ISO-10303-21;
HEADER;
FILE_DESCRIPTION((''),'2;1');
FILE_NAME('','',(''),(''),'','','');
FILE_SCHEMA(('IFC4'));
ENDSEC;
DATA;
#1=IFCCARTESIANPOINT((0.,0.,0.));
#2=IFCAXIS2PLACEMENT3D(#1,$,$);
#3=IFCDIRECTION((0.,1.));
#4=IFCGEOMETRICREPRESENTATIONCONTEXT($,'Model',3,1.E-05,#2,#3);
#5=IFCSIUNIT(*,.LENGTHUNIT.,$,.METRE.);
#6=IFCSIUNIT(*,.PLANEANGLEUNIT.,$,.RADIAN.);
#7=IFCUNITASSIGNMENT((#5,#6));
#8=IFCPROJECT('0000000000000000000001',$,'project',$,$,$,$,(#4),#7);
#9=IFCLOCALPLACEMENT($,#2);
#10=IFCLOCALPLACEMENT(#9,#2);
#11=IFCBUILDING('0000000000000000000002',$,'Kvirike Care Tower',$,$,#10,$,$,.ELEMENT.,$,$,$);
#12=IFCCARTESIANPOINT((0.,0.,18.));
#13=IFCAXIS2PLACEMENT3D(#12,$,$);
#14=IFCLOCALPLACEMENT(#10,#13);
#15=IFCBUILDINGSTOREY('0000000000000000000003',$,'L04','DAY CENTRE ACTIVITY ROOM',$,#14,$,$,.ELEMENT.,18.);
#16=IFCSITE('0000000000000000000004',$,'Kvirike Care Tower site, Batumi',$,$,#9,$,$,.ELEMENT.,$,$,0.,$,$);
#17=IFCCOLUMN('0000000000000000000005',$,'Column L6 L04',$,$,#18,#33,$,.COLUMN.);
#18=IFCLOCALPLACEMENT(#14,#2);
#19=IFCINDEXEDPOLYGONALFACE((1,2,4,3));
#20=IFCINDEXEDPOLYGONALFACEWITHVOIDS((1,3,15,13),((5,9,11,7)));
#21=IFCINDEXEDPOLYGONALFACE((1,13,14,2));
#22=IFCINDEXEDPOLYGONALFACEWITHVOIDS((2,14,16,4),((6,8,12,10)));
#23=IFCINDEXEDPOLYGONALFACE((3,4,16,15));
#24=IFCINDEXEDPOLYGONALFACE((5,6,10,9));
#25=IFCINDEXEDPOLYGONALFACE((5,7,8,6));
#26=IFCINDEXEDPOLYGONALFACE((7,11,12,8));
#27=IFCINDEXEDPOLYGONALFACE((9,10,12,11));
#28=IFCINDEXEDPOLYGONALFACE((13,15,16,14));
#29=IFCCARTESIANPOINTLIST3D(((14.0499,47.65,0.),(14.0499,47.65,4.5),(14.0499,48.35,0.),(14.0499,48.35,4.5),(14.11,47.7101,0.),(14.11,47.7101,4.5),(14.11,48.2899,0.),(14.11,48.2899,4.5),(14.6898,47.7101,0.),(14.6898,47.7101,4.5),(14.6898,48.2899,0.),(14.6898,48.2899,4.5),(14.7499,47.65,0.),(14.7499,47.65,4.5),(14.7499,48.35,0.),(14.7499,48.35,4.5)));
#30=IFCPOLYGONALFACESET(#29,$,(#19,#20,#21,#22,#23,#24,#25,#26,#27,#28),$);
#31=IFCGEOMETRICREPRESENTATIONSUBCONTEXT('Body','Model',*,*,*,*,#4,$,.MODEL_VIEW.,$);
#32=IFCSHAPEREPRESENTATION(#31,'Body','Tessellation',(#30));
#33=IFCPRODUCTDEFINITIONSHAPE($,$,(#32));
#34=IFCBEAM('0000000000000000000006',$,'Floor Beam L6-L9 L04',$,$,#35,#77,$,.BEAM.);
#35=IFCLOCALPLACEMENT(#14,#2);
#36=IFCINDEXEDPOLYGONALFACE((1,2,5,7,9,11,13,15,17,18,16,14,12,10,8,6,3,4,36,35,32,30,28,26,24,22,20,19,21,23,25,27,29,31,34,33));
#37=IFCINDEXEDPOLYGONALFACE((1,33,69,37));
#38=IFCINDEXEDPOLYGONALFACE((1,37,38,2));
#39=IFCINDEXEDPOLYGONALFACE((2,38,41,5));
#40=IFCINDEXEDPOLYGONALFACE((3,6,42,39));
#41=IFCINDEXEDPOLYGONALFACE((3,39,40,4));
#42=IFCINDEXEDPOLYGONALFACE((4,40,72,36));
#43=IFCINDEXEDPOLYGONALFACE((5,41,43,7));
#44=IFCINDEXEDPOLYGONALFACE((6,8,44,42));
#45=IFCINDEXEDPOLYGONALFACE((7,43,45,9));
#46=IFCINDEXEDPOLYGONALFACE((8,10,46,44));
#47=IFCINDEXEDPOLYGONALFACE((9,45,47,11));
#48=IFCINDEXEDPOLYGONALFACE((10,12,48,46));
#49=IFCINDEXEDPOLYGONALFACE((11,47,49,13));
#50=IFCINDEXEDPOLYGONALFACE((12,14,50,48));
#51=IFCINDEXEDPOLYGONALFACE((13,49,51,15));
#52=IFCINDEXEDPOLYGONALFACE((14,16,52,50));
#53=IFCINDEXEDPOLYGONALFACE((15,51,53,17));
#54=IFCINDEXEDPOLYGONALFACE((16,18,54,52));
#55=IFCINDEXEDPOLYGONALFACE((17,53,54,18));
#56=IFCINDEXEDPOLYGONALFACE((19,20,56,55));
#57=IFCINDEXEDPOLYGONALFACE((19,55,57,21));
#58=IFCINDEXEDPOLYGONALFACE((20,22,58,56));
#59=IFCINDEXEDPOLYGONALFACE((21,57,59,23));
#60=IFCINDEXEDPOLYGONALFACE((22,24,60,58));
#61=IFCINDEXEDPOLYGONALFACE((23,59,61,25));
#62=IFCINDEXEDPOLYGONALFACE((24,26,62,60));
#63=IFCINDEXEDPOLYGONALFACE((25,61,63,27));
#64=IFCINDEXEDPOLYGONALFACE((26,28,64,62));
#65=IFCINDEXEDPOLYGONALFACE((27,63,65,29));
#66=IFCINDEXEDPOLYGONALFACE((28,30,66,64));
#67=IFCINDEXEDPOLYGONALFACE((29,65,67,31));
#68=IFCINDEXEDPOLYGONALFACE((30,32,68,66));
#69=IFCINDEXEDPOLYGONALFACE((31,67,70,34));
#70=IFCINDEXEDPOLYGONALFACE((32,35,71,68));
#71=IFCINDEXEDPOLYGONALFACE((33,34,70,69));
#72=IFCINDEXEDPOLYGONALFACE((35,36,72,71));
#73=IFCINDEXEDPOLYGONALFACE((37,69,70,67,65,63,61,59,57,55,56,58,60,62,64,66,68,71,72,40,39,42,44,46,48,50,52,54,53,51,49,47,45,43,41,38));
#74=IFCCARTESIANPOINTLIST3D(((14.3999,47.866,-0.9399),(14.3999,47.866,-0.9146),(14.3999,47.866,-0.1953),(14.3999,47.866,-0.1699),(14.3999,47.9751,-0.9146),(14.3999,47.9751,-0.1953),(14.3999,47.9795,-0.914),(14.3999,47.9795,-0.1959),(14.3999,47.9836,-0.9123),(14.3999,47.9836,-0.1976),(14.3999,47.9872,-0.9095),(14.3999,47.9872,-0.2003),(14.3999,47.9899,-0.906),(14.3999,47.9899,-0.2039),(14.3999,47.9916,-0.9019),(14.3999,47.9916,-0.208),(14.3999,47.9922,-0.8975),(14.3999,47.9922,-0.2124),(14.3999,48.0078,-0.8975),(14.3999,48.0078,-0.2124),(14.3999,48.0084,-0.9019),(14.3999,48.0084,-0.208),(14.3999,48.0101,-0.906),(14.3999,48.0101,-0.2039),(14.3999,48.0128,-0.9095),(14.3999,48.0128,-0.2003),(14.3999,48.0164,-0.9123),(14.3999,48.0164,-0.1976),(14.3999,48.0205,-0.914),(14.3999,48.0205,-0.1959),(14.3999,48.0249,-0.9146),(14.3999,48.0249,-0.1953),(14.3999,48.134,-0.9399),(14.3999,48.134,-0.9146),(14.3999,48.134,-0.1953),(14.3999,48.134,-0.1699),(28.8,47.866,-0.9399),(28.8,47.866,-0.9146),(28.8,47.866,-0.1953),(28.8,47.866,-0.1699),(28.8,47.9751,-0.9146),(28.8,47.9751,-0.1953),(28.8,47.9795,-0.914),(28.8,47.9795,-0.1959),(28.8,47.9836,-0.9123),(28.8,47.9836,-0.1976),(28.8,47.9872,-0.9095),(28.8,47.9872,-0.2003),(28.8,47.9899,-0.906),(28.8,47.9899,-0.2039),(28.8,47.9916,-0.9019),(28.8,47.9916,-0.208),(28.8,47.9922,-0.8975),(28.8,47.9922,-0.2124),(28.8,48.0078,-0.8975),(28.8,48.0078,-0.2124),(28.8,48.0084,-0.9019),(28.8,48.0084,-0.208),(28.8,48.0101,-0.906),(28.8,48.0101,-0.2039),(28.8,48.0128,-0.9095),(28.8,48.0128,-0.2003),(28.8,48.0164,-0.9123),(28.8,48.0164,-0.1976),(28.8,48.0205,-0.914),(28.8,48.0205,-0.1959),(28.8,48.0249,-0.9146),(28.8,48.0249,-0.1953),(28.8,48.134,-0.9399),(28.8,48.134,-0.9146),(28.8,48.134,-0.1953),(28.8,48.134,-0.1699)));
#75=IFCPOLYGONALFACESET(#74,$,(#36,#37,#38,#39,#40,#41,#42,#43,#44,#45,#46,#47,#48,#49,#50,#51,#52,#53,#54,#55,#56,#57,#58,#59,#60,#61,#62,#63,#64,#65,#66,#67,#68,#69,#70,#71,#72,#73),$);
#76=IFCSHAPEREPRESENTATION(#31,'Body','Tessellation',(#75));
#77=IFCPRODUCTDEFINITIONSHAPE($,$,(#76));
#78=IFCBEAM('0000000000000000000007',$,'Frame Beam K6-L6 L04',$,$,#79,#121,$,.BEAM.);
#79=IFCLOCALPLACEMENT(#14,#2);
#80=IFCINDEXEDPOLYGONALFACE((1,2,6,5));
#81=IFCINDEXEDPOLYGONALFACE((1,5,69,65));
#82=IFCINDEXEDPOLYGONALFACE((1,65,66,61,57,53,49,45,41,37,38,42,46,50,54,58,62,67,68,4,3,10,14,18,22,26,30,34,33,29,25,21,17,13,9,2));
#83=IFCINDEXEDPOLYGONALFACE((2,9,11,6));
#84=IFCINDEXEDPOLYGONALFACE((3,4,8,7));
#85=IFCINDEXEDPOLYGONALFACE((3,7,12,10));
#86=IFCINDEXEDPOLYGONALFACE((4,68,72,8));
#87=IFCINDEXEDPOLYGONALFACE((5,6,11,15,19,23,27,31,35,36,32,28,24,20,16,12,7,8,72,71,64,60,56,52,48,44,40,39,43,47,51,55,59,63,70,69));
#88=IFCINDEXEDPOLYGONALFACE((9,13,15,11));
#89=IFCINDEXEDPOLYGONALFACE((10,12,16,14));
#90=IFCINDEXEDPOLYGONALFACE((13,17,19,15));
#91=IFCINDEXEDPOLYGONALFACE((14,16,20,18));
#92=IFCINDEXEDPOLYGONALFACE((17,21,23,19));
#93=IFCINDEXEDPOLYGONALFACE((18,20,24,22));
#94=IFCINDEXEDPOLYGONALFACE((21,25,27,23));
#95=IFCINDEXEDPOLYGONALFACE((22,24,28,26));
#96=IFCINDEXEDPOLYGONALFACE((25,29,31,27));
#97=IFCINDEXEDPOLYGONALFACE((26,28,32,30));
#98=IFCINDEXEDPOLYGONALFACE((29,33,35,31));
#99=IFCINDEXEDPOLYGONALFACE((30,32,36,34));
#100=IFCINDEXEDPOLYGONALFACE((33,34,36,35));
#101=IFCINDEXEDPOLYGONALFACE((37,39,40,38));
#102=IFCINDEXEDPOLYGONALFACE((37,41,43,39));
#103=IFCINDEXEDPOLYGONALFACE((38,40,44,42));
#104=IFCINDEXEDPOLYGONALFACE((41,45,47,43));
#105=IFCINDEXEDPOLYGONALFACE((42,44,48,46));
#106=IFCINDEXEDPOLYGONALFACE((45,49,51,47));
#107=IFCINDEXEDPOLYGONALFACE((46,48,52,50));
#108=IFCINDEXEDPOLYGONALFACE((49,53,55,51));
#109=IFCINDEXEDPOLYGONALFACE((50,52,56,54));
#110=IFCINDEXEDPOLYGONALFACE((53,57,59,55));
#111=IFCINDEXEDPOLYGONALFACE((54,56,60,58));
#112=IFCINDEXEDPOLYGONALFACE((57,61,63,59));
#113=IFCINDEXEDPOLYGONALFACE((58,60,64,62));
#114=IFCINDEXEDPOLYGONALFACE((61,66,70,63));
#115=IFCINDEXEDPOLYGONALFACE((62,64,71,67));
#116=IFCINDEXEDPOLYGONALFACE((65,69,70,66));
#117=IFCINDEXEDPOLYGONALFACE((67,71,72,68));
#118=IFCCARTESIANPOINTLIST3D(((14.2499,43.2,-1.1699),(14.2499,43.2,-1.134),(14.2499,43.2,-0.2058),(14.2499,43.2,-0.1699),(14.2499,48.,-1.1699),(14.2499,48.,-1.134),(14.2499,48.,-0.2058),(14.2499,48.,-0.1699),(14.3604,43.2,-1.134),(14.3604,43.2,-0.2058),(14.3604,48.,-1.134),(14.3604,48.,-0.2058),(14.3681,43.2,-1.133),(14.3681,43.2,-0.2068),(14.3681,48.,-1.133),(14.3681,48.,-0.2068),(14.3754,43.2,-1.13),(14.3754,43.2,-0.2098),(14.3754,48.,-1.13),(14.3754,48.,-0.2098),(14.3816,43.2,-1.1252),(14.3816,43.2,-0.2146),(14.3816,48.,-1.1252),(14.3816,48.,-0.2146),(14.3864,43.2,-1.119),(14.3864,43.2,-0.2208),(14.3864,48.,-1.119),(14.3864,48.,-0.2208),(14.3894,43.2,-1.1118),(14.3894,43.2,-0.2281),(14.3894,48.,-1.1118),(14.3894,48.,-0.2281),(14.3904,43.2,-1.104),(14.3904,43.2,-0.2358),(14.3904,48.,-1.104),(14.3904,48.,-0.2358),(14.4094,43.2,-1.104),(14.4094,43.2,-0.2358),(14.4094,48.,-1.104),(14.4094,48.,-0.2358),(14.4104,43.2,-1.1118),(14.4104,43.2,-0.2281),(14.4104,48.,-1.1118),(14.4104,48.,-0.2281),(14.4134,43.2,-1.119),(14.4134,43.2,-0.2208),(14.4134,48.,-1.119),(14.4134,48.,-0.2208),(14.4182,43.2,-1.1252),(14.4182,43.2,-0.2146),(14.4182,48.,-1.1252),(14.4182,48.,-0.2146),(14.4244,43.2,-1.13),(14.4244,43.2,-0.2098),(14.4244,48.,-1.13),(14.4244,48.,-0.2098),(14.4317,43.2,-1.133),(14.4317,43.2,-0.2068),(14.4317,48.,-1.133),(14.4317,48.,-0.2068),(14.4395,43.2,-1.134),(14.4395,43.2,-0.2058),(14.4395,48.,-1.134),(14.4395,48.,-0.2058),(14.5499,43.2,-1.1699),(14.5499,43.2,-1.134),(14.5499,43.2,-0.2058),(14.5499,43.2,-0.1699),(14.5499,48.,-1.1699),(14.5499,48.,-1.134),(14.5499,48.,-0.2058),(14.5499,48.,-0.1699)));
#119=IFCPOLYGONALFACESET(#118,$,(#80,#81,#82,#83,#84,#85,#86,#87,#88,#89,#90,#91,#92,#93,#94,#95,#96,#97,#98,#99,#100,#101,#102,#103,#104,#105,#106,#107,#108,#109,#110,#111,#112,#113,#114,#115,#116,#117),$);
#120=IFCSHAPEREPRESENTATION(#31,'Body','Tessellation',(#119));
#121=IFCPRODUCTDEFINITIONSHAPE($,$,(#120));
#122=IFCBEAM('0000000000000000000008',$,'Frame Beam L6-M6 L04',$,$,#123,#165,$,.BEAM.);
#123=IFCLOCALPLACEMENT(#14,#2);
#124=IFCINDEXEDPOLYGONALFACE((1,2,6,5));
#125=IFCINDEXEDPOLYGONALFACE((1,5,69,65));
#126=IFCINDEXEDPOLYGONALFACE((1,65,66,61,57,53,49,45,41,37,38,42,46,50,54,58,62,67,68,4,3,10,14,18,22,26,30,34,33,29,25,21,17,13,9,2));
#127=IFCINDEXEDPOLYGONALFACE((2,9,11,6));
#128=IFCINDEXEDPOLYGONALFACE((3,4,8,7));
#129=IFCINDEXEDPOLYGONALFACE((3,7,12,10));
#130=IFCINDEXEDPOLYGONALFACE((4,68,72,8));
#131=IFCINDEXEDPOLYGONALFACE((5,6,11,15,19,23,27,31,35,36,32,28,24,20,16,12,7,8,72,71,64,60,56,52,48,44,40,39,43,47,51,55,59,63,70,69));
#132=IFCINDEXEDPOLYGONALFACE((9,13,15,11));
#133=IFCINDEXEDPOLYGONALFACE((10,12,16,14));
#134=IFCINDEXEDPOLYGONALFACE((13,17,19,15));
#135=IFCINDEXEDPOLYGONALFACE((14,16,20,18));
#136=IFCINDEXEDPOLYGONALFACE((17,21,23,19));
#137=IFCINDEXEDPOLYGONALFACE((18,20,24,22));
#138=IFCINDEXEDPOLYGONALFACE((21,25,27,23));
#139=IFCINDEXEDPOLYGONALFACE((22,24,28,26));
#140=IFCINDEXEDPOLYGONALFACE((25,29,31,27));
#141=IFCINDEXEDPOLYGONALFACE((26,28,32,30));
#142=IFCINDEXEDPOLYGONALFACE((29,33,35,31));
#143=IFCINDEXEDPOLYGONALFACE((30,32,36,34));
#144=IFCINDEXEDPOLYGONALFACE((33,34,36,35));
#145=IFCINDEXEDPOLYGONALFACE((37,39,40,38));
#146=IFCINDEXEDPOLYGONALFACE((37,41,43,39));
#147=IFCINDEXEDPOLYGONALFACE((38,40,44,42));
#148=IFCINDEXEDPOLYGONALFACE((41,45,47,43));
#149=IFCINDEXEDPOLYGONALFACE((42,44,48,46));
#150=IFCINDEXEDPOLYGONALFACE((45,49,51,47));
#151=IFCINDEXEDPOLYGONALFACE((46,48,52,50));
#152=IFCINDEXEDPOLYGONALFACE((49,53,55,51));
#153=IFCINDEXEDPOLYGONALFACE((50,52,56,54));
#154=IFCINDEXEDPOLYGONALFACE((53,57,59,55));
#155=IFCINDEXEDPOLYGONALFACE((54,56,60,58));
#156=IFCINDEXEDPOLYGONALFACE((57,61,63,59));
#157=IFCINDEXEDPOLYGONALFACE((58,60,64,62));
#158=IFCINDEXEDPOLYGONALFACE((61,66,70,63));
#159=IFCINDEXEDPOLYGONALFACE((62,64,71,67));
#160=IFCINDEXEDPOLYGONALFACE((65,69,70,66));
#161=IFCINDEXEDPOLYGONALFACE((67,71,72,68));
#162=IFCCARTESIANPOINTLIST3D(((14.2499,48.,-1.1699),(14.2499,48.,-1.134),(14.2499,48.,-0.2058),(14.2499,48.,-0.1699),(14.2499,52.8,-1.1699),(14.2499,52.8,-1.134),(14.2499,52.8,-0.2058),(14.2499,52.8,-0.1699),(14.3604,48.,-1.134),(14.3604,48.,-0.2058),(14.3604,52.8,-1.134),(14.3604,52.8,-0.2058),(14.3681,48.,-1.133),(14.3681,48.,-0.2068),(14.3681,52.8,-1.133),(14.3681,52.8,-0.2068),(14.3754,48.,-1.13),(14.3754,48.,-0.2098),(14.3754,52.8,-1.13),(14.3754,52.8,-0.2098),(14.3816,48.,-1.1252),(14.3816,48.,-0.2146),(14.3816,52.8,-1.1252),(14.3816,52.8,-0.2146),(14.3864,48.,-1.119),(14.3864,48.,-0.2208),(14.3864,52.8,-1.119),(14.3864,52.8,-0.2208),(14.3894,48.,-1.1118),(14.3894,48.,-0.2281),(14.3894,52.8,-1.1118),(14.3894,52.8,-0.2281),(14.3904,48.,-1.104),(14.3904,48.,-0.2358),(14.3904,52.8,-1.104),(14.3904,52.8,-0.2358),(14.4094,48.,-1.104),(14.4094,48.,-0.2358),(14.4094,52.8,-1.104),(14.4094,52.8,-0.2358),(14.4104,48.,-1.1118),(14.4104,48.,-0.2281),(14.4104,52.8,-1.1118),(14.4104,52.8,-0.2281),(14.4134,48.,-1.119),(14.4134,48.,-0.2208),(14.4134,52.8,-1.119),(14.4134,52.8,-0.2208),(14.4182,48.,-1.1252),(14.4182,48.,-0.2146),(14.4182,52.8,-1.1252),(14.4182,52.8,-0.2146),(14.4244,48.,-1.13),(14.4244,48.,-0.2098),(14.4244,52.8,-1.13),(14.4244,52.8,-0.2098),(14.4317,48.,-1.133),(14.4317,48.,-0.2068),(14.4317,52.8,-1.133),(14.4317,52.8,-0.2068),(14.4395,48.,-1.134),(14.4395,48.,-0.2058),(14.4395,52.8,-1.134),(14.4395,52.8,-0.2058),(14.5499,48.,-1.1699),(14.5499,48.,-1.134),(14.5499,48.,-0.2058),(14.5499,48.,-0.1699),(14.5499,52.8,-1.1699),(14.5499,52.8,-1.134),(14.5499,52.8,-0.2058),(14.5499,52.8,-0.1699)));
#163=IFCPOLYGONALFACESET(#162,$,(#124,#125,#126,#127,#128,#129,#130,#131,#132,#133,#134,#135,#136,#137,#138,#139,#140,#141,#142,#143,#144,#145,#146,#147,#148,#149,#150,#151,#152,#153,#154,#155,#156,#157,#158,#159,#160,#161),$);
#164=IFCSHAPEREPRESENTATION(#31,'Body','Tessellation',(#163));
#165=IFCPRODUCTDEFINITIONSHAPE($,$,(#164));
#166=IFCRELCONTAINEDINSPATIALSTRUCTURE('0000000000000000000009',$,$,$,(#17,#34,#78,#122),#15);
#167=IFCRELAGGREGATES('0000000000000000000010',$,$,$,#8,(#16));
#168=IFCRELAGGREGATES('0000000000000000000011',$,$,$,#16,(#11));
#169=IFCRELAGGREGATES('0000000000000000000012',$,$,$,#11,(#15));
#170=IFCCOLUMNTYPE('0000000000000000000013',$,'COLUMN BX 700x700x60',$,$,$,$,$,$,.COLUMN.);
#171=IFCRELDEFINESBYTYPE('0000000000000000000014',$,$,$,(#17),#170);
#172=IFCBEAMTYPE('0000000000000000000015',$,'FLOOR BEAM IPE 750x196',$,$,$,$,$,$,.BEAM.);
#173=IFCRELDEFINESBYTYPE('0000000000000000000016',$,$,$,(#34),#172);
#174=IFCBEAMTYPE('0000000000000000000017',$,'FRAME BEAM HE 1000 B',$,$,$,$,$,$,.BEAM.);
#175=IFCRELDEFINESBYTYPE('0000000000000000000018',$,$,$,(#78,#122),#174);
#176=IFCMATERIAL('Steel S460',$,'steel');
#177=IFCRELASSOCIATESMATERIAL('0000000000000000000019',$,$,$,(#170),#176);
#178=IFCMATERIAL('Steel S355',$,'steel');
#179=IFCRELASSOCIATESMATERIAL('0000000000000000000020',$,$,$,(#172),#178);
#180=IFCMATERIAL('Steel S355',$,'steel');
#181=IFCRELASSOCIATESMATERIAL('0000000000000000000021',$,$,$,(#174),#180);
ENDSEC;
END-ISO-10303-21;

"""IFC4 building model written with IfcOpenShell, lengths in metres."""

from ifc_helpers import new_model, si_unit, direction, frame, origin, origin_2d, place, context, subcontext, project, spatial, hollow_rectangle, i_section, extrude, material, material_profile, profile_set, type_object, element, save


model = new_model("IFC4")

# Units and contexts
model_context = context("Model", 3, precision=1e-05, world=origin(), true_north=direction((0.0, 1.0)))
body_context = subcontext(model_context, "Body", "Model", "MODEL_VIEW")
ifc_project = project(units=[si_unit("LENGTHUNIT", "METRE"), si_unit("PLANEANGLEUNIT", "RADIAN")], contexts=[model_context])

# Site, building, storey
site_placement = place(None, origin())
site = spatial("IfcSite", under=ifc_project, at=site_placement, Name="Kvirike Care Tower site, Batumi", CompositionType="ELEMENT", RefElevation=0.0)
building_placement = place(site_placement, origin())
building = spatial("IfcBuilding", under=site, at=building_placement, Name="Kvirike Care Tower", CompositionType="ELEMENT")
storey_placement = place(building_placement, frame((0.0, 0.0, 18.0)))
storey = spatial("IfcBuildingStorey", under=building, at=storey_placement, Name="L04", Description="DAY CENTRE ACTIVITY ROOM", CompositionType="ELEMENT", Elevation=18.0)

# Column
ifc_material_1 = material(Name="Steel S460", Category="steel")
ifc_material_profile_1 = material_profile(ifc_material_1, hollow_rectangle(XDim=0.7, YDim=0.7, WallThickness=0.0601, at=origin_2d()), Name="BX 700x700x60")
ifc_profile_set_1 = profile_set([ifc_material_profile_1], Name="Steel S460")
column_type = type_object("IfcColumnType", Name="COLUMN BX 700x700x60", PredefinedType="COLUMN", material=ifc_profile_set_1)
column_placement = place(storey_placement, frame((14.3999, 48.0, 0.0), z_axis=(0.0, 0.0, 1.0), x_axis=(1.0, 0.0, 0.0)))
element("IfcColumn", 1, at=column_placement, inside=storey, type_object=column_type, Name="Column L6 L04", PredefinedType="COLUMN", context=body_context, shape_type="SweptSolid", body=[
    extrude(hollow_rectangle(XDim=0.7, YDim=0.7, WallThickness=0.0601, at=origin_2d()), origin(), (0.0, 0.0, 1.0), 4.5),
])

# Beams
ifc_material_2 = material(Name="Steel S355", Category="steel")
ifc_material_profile_2 = material_profile(ifc_material_2, i_section(OverallWidth=0.2681, OverallDepth=0.77, WebThickness=0.0156, FlangeThickness=0.0254, FilletRadius=0.0171, at=origin_2d()), Name="IPE 750x196")
ifc_profile_set_2 = profile_set([ifc_material_profile_2], Name="Steel S355")
beam_type_1 = type_object("IfcBeamType", Name="FLOOR BEAM IPE 750x196", PredefinedType="BEAM", material=ifc_profile_set_2)
beam_1_placement = place(storey_placement, frame((14.3999, 48.0, -0.5549), z_axis=(1.0, 0.0, 0.0), x_axis=(0.0, 1.0, 0.0)))
element("IfcBeam", 2, at=beam_1_placement, inside=storey, type_object=beam_type_1, Name="Floor Beam L6-L9 L04", PredefinedType="BEAM", context=body_context, shape_type="SweptSolid", body=[
    extrude(i_section(OverallWidth=0.2681, OverallDepth=0.77, WebThickness=0.0156, FlangeThickness=0.0254, FilletRadius=0.0171, at=origin_2d()), origin(), (0.0, 0.0, 1.0), 14.4001),
])
ifc_material_3 = material(Name="Steel S355", Category="steel")
ifc_material_profile_3 = material_profile(ifc_material_3, i_section(OverallWidth=0.3, OverallDepth=1.0, WebThickness=0.019, FlangeThickness=0.0359, FilletRadius=0.03, at=origin_2d()), Name="HE 1000 B")
ifc_profile_set_3 = profile_set([ifc_material_profile_3], Name="Steel S355")
beam_type_2 = type_object("IfcBeamType", Name="FRAME BEAM HE 1000 B", PredefinedType="BEAM", material=ifc_profile_set_3)
for number, where, z_axis, x_axis, name in (
    (3, (14.3999, 43.2, -0.6699), (0.0, 1.0, 0.0), (-1.0, 0.0, 0.0), "Frame Beam K6-L6 L04"),
    (4, (14.3999, 48.0, -0.6699), (0.0, 1.0, 0.0), (-1.0, 0.0, 0.0), "Frame Beam L6-M6 L04"),
):
    element("IfcBeam", number, at=place(storey_placement, frame(where, z_axis=z_axis, x_axis=x_axis)), inside=storey, type_object=beam_type_2, Name=name, PredefinedType="BEAM", context=body_context, shape_type="SweptSolid", body=[
        extrude(i_section(OverallWidth=0.3, OverallDepth=1.0, WebThickness=0.019, FlangeThickness=0.0359, FilletRadius=0.03, at=origin_2d()), origin(), (0.0, 0.0, 1.0), 4.8),
    ])

save(model, "model.ifc")
